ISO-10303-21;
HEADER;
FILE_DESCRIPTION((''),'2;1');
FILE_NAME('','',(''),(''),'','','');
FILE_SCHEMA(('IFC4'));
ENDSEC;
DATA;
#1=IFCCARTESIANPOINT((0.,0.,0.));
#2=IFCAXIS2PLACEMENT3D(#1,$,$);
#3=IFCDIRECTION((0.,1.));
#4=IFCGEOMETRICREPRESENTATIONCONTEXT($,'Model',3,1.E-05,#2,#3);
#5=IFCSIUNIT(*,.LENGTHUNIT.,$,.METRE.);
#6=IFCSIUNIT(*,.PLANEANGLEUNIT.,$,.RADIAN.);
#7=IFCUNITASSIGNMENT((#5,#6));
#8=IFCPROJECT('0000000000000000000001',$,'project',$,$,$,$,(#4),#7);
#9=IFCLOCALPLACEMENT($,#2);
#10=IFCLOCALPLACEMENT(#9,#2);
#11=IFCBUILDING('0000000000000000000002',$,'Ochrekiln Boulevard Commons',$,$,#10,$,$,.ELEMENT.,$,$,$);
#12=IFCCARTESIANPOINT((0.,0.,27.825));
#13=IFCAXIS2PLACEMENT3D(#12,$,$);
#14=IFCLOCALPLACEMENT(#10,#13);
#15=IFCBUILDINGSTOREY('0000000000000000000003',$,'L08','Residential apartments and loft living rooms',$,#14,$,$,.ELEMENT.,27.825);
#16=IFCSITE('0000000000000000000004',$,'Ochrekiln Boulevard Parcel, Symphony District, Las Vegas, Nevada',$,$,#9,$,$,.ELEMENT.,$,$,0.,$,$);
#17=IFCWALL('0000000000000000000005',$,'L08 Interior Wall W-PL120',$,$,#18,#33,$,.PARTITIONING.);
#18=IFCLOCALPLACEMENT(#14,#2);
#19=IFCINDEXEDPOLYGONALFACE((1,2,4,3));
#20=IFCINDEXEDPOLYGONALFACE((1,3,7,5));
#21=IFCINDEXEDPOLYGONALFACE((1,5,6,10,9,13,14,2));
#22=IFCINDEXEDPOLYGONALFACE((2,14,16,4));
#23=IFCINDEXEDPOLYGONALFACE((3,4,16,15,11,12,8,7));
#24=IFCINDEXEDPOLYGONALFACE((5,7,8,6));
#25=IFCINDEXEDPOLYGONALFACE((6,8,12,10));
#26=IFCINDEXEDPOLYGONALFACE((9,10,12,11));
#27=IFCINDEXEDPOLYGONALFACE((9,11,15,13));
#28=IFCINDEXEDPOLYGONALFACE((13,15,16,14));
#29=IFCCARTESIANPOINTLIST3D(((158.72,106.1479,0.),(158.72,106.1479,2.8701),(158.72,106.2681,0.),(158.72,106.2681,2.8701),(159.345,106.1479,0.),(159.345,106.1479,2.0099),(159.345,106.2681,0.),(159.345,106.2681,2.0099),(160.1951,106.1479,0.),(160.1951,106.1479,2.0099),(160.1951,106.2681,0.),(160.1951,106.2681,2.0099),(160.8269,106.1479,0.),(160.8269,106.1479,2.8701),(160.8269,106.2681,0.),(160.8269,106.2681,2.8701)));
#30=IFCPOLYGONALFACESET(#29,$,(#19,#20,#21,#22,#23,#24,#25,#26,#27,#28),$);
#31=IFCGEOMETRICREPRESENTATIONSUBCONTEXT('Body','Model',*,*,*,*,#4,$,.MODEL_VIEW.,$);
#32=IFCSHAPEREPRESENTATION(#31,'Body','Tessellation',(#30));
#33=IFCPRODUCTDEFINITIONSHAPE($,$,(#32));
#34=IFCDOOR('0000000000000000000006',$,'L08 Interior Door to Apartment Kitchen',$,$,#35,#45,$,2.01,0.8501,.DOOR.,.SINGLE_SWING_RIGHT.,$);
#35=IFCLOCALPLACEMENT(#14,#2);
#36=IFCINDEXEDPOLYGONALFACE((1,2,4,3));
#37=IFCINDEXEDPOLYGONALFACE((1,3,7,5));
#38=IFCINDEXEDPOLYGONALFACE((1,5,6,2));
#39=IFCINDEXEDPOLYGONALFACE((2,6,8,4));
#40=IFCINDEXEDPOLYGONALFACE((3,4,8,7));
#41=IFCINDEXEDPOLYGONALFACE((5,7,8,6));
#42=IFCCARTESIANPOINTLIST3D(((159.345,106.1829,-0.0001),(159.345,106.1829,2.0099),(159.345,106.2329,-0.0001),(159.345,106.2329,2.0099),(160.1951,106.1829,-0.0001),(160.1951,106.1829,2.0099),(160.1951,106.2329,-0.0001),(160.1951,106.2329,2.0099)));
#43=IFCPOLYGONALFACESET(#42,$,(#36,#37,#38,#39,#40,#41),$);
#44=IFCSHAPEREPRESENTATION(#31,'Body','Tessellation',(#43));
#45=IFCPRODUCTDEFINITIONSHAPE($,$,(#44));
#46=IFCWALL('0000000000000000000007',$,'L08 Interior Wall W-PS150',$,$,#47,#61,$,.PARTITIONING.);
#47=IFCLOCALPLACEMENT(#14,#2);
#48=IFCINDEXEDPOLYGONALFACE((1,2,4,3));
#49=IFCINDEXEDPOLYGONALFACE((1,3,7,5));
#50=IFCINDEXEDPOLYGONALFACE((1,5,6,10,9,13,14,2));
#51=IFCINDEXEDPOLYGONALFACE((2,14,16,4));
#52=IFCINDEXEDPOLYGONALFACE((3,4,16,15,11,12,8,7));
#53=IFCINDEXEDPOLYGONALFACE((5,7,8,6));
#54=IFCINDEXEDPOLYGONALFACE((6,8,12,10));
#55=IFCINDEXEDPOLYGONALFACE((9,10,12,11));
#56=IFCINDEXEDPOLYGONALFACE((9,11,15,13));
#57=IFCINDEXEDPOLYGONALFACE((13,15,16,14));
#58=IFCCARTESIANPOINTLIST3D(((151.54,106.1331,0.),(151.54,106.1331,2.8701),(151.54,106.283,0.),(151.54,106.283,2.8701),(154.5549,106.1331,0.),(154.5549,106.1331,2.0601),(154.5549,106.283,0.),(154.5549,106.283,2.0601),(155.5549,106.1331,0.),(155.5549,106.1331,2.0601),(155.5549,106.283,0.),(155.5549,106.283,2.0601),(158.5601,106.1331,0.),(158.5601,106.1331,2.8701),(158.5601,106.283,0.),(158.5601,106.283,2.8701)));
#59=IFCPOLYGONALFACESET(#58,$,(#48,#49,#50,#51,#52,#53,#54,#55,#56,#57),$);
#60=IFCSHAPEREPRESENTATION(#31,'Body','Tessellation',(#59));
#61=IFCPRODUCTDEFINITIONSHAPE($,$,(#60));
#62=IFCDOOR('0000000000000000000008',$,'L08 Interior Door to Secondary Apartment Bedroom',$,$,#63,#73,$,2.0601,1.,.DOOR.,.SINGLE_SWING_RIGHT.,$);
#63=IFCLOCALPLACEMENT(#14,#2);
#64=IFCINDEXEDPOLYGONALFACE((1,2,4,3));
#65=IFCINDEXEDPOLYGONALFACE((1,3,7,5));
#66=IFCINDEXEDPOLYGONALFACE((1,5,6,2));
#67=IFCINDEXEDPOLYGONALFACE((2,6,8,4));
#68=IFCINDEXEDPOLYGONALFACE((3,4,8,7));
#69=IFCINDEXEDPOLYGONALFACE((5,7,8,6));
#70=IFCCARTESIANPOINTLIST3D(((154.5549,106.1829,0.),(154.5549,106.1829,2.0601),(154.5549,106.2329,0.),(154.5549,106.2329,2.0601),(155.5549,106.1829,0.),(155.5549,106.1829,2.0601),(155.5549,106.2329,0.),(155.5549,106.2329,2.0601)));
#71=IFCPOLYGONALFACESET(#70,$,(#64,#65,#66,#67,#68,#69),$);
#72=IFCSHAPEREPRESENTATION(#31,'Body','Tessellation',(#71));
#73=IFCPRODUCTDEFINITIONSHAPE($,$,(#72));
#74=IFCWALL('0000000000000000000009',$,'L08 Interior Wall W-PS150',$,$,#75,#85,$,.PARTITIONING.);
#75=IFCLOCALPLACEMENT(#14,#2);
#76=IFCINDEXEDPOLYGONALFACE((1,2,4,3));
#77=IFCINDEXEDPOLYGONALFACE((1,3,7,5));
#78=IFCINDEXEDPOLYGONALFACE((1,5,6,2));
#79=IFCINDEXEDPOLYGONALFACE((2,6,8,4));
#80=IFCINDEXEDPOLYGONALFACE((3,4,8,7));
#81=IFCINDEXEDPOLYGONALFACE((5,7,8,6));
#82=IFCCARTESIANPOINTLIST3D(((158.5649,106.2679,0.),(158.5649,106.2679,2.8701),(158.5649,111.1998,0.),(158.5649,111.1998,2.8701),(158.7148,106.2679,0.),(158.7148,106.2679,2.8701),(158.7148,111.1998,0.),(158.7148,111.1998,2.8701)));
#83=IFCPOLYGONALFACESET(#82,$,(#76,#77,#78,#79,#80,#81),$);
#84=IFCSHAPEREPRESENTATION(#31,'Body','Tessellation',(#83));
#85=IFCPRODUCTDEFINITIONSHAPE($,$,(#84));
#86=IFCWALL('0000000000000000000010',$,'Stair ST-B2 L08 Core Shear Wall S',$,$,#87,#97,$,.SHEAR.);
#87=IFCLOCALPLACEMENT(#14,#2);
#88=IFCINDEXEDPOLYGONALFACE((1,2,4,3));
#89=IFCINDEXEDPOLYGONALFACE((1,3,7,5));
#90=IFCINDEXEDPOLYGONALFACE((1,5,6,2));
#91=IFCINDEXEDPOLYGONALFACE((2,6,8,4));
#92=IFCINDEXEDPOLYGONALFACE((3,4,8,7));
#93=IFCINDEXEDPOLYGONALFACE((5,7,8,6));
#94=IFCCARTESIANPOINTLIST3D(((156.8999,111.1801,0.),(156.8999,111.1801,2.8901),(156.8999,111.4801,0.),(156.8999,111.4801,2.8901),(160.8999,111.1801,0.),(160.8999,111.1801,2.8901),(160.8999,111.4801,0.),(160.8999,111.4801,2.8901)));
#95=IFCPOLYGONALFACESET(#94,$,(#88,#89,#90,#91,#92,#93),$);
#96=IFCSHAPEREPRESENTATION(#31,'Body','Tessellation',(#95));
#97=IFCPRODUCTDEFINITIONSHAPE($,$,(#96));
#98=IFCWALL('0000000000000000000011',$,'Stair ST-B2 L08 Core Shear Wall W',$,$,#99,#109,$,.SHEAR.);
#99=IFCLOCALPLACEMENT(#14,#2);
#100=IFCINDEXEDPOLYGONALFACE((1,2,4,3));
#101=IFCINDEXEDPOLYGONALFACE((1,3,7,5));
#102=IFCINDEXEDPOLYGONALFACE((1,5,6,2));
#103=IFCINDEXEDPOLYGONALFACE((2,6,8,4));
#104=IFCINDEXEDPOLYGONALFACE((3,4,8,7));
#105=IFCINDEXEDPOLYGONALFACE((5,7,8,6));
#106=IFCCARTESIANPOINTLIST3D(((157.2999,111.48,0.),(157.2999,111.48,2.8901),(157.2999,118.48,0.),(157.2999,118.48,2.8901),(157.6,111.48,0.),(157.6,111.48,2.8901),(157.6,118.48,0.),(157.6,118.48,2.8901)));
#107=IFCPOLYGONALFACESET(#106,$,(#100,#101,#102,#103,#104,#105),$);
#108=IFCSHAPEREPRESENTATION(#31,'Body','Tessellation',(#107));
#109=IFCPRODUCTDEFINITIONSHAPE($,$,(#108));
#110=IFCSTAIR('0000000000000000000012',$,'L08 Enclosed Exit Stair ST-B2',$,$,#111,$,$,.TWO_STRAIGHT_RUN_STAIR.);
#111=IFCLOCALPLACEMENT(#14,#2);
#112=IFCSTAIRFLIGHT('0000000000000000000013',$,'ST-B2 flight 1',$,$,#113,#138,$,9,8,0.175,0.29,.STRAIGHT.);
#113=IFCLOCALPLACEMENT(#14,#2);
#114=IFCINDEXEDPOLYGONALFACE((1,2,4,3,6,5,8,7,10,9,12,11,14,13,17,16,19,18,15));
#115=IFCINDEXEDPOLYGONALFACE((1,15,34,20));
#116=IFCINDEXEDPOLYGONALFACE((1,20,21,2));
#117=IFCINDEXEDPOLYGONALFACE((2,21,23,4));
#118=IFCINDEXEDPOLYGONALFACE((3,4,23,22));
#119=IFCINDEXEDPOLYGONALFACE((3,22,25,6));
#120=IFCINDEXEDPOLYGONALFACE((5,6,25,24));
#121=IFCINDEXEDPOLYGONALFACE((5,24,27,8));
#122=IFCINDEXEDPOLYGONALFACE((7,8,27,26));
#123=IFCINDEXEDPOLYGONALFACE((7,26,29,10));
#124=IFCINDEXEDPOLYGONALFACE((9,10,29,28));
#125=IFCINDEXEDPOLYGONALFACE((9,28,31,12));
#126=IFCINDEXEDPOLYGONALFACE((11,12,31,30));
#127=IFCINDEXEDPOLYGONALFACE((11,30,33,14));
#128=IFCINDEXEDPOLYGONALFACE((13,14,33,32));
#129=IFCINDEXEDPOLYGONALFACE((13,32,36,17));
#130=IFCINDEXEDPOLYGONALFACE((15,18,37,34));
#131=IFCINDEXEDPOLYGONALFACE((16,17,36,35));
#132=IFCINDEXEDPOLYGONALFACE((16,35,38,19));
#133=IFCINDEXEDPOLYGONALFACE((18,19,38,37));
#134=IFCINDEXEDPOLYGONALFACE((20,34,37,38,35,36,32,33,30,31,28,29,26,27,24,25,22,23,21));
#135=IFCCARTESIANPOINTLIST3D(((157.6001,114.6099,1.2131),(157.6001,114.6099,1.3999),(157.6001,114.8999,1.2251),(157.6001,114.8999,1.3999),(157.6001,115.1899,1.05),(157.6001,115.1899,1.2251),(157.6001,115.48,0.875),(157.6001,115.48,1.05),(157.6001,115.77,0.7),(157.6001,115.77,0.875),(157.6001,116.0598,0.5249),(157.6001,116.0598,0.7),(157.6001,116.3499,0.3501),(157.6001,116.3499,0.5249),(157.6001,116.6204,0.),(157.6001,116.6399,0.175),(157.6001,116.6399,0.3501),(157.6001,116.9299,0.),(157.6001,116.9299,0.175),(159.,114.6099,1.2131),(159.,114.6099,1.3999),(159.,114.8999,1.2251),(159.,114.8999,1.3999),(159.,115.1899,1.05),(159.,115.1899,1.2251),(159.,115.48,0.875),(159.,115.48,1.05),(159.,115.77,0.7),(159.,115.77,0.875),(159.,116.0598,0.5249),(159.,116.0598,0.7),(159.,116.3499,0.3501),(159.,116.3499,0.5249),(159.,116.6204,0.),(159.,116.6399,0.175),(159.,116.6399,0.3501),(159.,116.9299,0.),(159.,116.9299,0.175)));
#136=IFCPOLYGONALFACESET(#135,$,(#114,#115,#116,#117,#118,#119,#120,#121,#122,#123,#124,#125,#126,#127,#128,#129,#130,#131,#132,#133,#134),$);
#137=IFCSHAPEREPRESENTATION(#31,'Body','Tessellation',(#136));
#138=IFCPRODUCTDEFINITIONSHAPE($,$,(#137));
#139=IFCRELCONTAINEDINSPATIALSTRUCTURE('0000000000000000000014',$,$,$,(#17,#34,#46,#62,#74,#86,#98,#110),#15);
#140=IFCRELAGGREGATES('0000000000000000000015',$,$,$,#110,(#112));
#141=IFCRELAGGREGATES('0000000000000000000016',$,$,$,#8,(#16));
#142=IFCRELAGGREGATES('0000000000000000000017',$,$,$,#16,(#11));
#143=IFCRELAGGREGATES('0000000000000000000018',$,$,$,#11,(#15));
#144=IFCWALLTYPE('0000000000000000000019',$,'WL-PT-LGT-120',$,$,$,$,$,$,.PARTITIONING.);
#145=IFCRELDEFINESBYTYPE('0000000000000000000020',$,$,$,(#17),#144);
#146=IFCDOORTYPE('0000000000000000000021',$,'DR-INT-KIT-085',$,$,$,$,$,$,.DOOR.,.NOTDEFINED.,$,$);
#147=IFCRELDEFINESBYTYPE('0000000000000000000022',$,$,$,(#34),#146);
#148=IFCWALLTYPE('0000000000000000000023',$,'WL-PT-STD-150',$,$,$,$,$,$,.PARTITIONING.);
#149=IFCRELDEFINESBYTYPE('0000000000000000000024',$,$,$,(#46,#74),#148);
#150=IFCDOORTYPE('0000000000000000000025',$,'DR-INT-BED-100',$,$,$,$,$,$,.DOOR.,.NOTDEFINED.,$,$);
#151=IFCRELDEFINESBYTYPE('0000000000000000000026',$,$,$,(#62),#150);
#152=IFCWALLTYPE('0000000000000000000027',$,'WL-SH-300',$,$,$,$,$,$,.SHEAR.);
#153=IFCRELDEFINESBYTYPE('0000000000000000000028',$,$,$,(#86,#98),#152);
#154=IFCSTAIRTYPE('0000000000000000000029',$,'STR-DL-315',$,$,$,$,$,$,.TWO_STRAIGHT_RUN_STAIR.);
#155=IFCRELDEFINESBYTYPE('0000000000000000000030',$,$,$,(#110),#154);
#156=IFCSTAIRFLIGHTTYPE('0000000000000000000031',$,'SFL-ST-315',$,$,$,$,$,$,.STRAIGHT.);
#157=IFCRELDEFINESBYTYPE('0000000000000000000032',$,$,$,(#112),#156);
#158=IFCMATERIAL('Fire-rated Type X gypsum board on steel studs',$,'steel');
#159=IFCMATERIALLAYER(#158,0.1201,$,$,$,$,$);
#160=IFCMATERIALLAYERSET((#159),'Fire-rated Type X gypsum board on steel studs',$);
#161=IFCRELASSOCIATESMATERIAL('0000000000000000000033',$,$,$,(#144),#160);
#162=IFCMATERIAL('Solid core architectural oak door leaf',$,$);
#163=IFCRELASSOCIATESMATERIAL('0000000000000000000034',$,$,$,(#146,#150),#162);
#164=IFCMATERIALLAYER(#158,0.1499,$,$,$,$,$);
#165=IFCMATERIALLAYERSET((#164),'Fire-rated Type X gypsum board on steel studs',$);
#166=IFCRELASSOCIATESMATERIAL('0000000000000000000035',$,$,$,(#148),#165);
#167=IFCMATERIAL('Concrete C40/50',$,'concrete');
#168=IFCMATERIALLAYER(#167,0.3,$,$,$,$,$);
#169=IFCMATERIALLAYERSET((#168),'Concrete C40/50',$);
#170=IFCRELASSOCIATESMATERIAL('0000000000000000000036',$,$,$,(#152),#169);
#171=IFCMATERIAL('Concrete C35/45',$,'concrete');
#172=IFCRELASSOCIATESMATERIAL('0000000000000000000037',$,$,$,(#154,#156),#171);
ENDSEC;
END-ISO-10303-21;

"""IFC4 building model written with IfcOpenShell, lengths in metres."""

from ifc_helpers import new_model, si_unit, direction, frame, frame_2d, origin, place, context, subcontext, project, spatial, polyline, rectangle, outline, extrude, material, layer, layer_set, type_object, element, fill, aggregate, save


model = new_model("IFC4")

# Units and contexts
model_context = context("Model", 3, precision=1e-05, world=origin(), true_north=direction((0.0, 1.0)))
body_context = subcontext(model_context, "Body", "Model", "MODEL_VIEW")
ifc_project = project(units=[si_unit("LENGTHUNIT", "METRE"), si_unit("PLANEANGLEUNIT", "RADIAN")], contexts=[model_context])

# Site, building, storey
site_placement = place(None, origin())
site = spatial("IfcSite", under=ifc_project, at=site_placement, Name="Ochrekiln Boulevard Parcel, Symphony District, Las Vegas, Nevada", CompositionType="ELEMENT", RefElevation=0.0)
building_placement = place(site_placement, origin())
building = spatial("IfcBuilding", under=site, at=building_placement, Name="Ochrekiln Boulevard Commons", CompositionType="ELEMENT")
storey_placement = place(building_placement, frame((0.0, 0.0, 27.825)))
storey = spatial("IfcBuildingStorey", under=building, at=storey_placement, Name="L08", Description="Residential apartments and loft living rooms", CompositionType="ELEMENT", Elevation=27.825)

# Shared definitions
ifc_material_1 = material(Name="Concrete C35/45", Category="concrete")
ifc_material_2 = material(Name="Concrete C40/50", Category="concrete")

# Walls, openings, doors
ifc_material_3 = material(Name="Fire-rated Type X gypsum board on steel studs", Category="steel")
ifc_layer_1 = layer(ifc_material_3, 0.1201)
ifc_layer_set_1 = layer_set([ifc_layer_1], Name="Fire-rated Type X gypsum board on steel studs")
wall_type_1 = type_object("IfcWallType", Name="WL-PT-LGT-120", PredefinedType="PARTITIONING", material=ifc_layer_set_1)
wall_1_placement = place(storey_placement, frame((158.72, 106.208, 0.0), z_axis=(0.0, 0.0, 1.0), x_axis=(1.0, 0.0, 0.0)))
wall_1 = element("IfcWall", 1, at=wall_1_placement, inside=storey, type_object=wall_type_1, Name="L08 Interior Wall W-PL120", PredefinedType="PARTITIONING", context=body_context, shape_type="SweptSolid", body=[
    extrude(rectangle(XDim=2.1069, YDim=0.1201, at=frame_2d((1.0535, 0.0))), origin(), (0.0, 0.0, 1.0), 2.8701),
])
opening_1_placement = place(wall_1_placement, frame((0.625, 0.0, 0.0)))
opening_1 = element("IfcOpeningElement", 2, at=opening_1_placement, cuts=wall_1, PredefinedType="OPENING", context=body_context, shape_type="SweptSolid", body=[
    extrude(rectangle(XDim=0.8501, YDim=2.01, at=frame_2d((0.425, 1.0049))), frame((0.0, 0.0701, 0.0), z_axis=(0.0, -1.0, 0.0), x_axis=(1.0, 0.0, 0.0)), (0.0, 0.0, 1.0), 0.1401),
])
ifc_material_4 = material(Name="Solid core architectural oak door leaf")
door_type_1 = type_object("IfcDoorType", Name="DR-INT-KIT-085", OperationType="NOTDEFINED", PredefinedType="DOOR", material=ifc_material_4)
door_1_placement = place(opening_1_placement, origin())
door_1 = element("IfcDoor", 3, at=door_1_placement, inside=storey, type_object=door_type_1, Name="L08 Interior Door to Apartment Kitchen", OperationType="SINGLE_SWING_RIGHT", OverallHeight=2.01, OverallWidth=0.8501, PredefinedType="DOOR", context=body_context, shape_type="SweptSolid", body=[
    extrude(rectangle(XDim=0.8501, YDim=2.01, at=frame_2d((0.425, 1.0049))), frame((0.0, 0.0249, 0.0), z_axis=(0.0, -1.0, 0.0), x_axis=(1.0, 0.0, 0.0)), (0.0, 0.0, 1.0), 0.05),
])
fill(opening_1, door_1)
ifc_layer_2 = layer(ifc_material_3, 0.1499)
ifc_layer_set_2 = layer_set([ifc_layer_2], Name="Fire-rated Type X gypsum board on steel studs")
wall_type_2 = type_object("IfcWallType", Name="WL-PT-STD-150", PredefinedType="PARTITIONING", material=ifc_layer_set_2)
wall_2_placement = place(storey_placement, frame((151.54, 106.208, 0.0), z_axis=(0.0, 0.0, 1.0), x_axis=(1.0, 0.0, 0.0)))
wall_2 = element("IfcWall", 4, at=wall_2_placement, inside=storey, type_object=wall_type_2, Name="L08 Interior Wall W-PS150", PredefinedType="PARTITIONING", context=body_context, shape_type="SweptSolid", body=[
    extrude(rectangle(XDim=7.02, YDim=0.1499, at=frame_2d((3.51, 0.0))), origin(), (0.0, 0.0, 1.0), 2.8701),
])
opening_2_placement = place(wall_2_placement, frame((3.0149, 0.0, 0.0)))
opening_2 = element("IfcOpeningElement", 5, at=opening_2_placement, cuts=wall_2, PredefinedType="OPENING", context=body_context, shape_type="SweptSolid", body=[
    extrude(rectangle(XDim=1.0, YDim=2.0601, at=frame_2d((0.5, 1.03))), frame((0.0, 0.085, 0.0), z_axis=(0.0, -1.0, 0.0), x_axis=(1.0, 0.0, 0.0)), (0.0, 0.0, 1.0), 0.1699),
])
door_type_2 = type_object("IfcDoorType", Name="DR-INT-BED-100", OperationType="NOTDEFINED", PredefinedType="DOOR", material=ifc_material_4)
door_2_placement = place(opening_2_placement, origin())
door_2 = element("IfcDoor", 6, at=door_2_placement, inside=storey, type_object=door_type_2, Name="L08 Interior Door to Secondary Apartment Bedroom", OperationType="SINGLE_SWING_RIGHT", OverallHeight=2.0601, OverallWidth=1.0, PredefinedType="DOOR", context=body_context, shape_type="SweptSolid", body=[
    extrude(rectangle(XDim=1.0, YDim=2.0601, at=frame_2d((0.5, 1.03))), frame((0.0, 0.0249, 0.0), z_axis=(0.0, -1.0, 0.0), x_axis=(1.0, 0.0, 0.0)), (0.0, 0.0, 1.0), 0.05),
])
fill(opening_2, door_2)

# Walls
wall_3_placement = place(storey_placement, frame((158.6399, 106.2681, 0.0), z_axis=(0.0, 0.0, 1.0), x_axis=(0.0, 1.0, 0.0)))
element("IfcWall", 7, at=wall_3_placement, inside=storey, type_object=wall_type_2, Name="L08 Interior Wall W-PS150", PredefinedType="PARTITIONING", context=body_context, shape_type="SweptSolid", body=[
    extrude(rectangle(XDim=4.9319, YDim=0.1499, at=frame_2d((2.4658, 0.0))), origin(), (0.0, 0.0, 1.0), 2.8701),
])
ifc_layer_3 = layer(ifc_material_2, 0.3)
ifc_layer_set_3 = layer_set([ifc_layer_3], Name="Concrete C40/50")
wall_type_3 = type_object("IfcWallType", Name="WL-SH-300", PredefinedType="SHEAR", material=ifc_layer_set_3)
wall_4_placement = place(storey_placement, frame((156.8999, 111.3301, 0.0), z_axis=(0.0, 0.0, 1.0), x_axis=(1.0, 0.0, 0.0)))
element("IfcWall", 8, at=wall_4_placement, inside=storey, type_object=wall_type_3, Name="Stair ST-B2 L08 Core Shear Wall S", PredefinedType="SHEAR", context=body_context, shape_type="SweptSolid", body=[
    extrude(rectangle(XDim=4.0, YDim=0.3, at=frame_2d((2.0, 0.0))), origin(), (0.0, 0.0, 1.0), 2.8901),
])
wall_5_placement = place(storey_placement, frame((157.45, 111.48, 0.0), z_axis=(0.0, 0.0, 1.0), x_axis=(0.0, 1.0, 0.0)))
element("IfcWall", 9, at=wall_5_placement, inside=storey, type_object=wall_type_3, Name="Stair ST-B2 L08 Core Shear Wall W", PredefinedType="SHEAR", context=body_context, shape_type="SweptSolid", body=[
    extrude(rectangle(XDim=7.0, YDim=0.3, at=frame_2d((3.5, 0.0))), origin(), (0.0, 0.0, 1.0), 2.8901),
])

# Stair, stair flight
stair_type = type_object("IfcStairType", Name="STR-DL-315", PredefinedType="TWO_STRAIGHT_RUN_STAIR", material=ifc_material_1)
stair_placement = place(storey_placement, origin())
stair = element("IfcStair", 10, at=stair_placement, inside=storey, type_object=stair_type, Name="L08 Enclosed Exit Stair ST-B2", PredefinedType="TWO_STRAIGHT_RUN_STAIR")
stair_flight_type = type_object("IfcStairFlightType", Name="SFL-ST-315", PredefinedType="STRAIGHT", material=ifc_material_1)
stair_flight_placement = place(storey_placement, frame((158.3, 116.9299, 0.0), z_axis=(0.0, 0.0, 1.0), x_axis=(0.0, -1.0, 0.0)))
stair_flight = element("IfcStairFlight", 11, at=stair_flight_placement, type_object=stair_flight_type, Name="ST-B2 flight 1", NumberOfRisers=9, NumberOfTreads=8, PredefinedType="STRAIGHT", RiserHeight=0.175, TreadLength=0.29, context=body_context, shape_type="SweptSolid", body=[
    extrude(outline(polyline([(0.0, 0.0), (0.0, 0.175), (0.29, 0.175), (0.29, 0.3501), (0.5801, 0.3501), (0.5801, 0.5249), (0.8701, 0.5249), (0.8701, 0.7), (1.1599, 0.7), (1.1599, 0.875), (1.45, 0.875), (1.45, 1.05), (1.74, 1.05), (1.74, 1.2251), (2.03, 1.2251), (2.03, 1.3999), (2.3201, 1.3999), (2.3201, 1.575), (2.3201, 1.2131), (0.3096, 0.0), (0.0, 0.0)])), frame((0.0, 0.7, 0.0), z_axis=(0.0, -1.0, 0.0), x_axis=(1.0, 0.0, 0.0)), (0.0, 0.0, 1.0), 1.3999),
])
aggregate(stair, [stair_flight])

save(model, "model.ifc")
